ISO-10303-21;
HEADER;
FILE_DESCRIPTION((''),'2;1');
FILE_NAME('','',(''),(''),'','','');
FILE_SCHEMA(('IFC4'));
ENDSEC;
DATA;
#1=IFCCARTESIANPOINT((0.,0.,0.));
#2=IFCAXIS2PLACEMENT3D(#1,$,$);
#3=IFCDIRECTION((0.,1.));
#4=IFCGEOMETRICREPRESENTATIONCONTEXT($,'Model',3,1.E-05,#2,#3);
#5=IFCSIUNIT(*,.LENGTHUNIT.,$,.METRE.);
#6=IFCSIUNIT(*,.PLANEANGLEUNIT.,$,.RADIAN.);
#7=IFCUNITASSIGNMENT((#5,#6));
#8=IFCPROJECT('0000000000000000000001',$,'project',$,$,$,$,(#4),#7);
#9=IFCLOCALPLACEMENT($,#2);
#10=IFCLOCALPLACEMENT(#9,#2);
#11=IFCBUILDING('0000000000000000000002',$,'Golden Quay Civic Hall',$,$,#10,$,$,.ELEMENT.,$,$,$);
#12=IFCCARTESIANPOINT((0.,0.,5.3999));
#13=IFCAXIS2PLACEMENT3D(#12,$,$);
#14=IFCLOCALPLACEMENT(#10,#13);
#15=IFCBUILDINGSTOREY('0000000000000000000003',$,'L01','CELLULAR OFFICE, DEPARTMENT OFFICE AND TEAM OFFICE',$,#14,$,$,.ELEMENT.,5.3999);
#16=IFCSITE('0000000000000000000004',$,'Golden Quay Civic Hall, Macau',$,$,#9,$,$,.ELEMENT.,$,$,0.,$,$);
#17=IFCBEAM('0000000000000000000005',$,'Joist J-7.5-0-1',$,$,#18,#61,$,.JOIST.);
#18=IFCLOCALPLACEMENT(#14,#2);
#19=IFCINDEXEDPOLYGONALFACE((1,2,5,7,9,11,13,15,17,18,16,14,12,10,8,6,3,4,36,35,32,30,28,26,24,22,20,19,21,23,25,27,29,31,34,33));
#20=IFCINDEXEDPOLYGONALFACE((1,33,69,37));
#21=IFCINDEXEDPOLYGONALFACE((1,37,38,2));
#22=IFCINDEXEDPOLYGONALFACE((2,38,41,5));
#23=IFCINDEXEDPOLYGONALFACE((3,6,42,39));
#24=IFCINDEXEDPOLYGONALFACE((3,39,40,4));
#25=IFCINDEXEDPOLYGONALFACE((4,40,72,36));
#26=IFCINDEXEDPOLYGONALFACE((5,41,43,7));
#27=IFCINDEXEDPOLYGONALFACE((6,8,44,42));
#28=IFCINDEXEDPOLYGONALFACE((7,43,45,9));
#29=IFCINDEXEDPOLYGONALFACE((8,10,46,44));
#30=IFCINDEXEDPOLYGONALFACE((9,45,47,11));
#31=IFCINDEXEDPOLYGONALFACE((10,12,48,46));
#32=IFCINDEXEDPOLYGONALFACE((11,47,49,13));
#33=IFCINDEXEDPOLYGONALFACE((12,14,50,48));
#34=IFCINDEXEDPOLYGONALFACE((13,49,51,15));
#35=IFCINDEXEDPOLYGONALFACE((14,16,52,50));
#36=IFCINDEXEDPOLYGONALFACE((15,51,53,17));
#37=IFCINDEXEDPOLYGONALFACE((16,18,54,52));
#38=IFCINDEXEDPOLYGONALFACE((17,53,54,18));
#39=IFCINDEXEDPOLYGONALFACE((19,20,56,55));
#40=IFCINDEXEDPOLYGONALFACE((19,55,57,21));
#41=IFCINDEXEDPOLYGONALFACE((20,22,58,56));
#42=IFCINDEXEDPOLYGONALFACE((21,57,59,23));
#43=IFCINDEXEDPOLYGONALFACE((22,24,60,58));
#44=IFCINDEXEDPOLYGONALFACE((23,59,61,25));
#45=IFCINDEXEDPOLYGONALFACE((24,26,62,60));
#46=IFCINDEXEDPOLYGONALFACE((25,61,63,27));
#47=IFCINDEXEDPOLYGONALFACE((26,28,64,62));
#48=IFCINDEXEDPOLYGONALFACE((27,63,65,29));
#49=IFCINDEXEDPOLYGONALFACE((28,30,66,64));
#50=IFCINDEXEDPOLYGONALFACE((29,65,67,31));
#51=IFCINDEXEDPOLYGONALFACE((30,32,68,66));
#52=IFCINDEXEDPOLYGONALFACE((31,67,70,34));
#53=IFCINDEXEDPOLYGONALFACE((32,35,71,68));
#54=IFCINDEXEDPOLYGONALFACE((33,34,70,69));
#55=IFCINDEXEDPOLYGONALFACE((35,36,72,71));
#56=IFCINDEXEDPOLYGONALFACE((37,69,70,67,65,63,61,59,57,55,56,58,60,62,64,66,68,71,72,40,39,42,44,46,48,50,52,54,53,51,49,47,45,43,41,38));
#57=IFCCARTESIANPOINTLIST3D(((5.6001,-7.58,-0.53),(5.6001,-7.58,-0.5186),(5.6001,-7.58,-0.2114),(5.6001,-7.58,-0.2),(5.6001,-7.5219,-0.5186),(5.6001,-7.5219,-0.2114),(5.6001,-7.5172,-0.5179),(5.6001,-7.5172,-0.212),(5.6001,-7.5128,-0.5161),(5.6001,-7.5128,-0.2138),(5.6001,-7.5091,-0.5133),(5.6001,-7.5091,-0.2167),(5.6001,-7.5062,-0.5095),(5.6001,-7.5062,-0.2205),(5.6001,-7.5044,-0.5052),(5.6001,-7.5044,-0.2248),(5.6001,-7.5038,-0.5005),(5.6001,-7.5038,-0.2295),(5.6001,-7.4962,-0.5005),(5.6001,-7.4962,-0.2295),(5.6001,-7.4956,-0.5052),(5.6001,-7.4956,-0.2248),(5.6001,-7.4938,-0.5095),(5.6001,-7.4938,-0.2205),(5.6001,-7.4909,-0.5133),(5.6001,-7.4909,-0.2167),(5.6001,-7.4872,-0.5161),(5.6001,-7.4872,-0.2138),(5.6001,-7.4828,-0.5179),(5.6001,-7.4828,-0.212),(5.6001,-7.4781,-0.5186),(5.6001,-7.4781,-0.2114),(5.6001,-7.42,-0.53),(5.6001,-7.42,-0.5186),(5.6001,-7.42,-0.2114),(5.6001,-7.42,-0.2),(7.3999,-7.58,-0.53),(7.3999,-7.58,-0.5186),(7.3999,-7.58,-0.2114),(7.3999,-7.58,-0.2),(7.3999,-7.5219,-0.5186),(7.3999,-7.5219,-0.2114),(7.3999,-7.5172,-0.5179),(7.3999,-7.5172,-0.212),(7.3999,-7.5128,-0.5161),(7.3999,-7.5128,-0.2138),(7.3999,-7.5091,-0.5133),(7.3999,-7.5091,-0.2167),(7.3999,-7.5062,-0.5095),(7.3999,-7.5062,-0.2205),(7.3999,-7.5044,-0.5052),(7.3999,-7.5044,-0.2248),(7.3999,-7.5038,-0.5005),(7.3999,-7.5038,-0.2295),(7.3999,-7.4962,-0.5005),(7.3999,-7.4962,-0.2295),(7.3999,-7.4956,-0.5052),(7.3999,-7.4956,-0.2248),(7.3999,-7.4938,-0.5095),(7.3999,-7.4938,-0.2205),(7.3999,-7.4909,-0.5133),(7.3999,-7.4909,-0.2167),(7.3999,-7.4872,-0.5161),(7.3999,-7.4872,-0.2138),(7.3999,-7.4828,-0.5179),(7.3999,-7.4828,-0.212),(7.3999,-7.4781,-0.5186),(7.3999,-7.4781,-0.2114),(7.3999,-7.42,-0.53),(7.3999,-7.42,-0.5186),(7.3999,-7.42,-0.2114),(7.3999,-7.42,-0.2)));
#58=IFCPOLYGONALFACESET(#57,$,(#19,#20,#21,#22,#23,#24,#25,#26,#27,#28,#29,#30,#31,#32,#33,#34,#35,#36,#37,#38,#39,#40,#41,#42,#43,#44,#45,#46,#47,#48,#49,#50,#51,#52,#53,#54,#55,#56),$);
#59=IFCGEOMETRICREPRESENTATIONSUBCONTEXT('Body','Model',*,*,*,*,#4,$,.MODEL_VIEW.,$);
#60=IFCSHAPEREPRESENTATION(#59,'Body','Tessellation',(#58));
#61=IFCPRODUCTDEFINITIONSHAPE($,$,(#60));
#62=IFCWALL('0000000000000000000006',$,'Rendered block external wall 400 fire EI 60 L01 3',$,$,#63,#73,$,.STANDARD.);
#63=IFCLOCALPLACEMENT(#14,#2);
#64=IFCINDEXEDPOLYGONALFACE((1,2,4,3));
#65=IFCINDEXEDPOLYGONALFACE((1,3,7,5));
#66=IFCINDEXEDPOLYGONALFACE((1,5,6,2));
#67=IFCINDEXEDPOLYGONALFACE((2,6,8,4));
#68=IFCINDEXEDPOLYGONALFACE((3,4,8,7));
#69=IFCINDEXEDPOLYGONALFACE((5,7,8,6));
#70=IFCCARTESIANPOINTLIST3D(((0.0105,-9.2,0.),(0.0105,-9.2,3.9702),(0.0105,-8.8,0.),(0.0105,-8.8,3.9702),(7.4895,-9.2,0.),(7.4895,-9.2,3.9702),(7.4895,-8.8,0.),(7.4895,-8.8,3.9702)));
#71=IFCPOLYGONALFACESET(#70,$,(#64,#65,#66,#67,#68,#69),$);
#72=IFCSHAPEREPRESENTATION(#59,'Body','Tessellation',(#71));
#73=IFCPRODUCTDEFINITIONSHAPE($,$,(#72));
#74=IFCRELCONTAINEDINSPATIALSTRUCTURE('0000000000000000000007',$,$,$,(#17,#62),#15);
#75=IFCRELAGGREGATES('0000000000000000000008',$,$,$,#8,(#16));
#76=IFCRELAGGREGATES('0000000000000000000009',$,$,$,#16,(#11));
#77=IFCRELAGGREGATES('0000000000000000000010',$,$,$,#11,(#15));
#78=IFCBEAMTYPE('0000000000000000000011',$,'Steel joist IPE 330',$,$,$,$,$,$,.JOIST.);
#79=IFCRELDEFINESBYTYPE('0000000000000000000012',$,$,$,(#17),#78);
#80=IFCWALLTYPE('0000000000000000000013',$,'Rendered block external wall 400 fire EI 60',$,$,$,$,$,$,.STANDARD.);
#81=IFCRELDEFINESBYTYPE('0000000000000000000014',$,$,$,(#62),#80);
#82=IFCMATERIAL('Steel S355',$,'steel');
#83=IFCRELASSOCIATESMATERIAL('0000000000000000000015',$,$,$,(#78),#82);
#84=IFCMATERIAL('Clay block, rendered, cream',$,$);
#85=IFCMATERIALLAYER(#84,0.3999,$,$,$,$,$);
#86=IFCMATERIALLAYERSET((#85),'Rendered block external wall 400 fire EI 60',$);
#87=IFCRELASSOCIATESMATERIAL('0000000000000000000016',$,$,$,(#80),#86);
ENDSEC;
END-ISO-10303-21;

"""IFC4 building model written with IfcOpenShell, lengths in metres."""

from ifc_helpers import new_model, si_unit, direction, frame, frame_2d, origin, origin_2d, place, context, subcontext, project, spatial, rectangle, i_section, extrude, material, layer, layer_set, material_profile, profile_set, type_object, element, save


model = new_model("IFC4")

# Units and contexts
model_context = context("Model", 3, precision=1e-05, world=origin(), true_north=direction((0.0, 1.0)))
body_context = subcontext(model_context, "Body", "Model", "MODEL_VIEW")
ifc_project = project(units=[si_unit("LENGTHUNIT", "METRE"), si_unit("PLANEANGLEUNIT", "RADIAN")], contexts=[model_context])

# Site, building, storey
site_placement = place(None, origin())
site = spatial("IfcSite", under=ifc_project, at=site_placement, Name="Golden Quay Civic Hall, Macau", CompositionType="ELEMENT", RefElevation=0.0)
building_placement = place(site_placement, origin())
building = spatial("IfcBuilding", under=site, at=building_placement, Name="Golden Quay Civic Hall", CompositionType="ELEMENT")
storey_placement = place(building_placement, frame((0.0, 0.0, 5.3999)))
storey = spatial("IfcBuildingStorey", under=building, at=storey_placement, Name="L01", Description="CELLULAR OFFICE, DEPARTMENT OFFICE AND TEAM OFFICE", CompositionType="ELEMENT", Elevation=5.3999)

# Beam
ifc_material_1 = material(Name="Steel S355", Category="steel")
ifc_material_profile_1 = material_profile(ifc_material_1, i_section(OverallWidth=0.1599, OverallDepth=0.3301, WebThickness=0.0076, FlangeThickness=0.0115, FilletRadius=0.0181, at=origin_2d()), Name="IPE 330")
ifc_profile_set_1 = profile_set([ifc_material_profile_1], Name="Steel S355")
beam_type_1 = type_object("IfcBeamType", Name="Steel joist IPE 330", PredefinedType="JOIST", material=ifc_profile_set_1)
beam_1_placement = place(storey_placement, frame((5.6001, -7.5, -0.365), z_axis=(1.0, 0.0, 0.0), x_axis=(0.0, 1.0, 0.0)))
element("IfcBeam", 1, at=beam_1_placement, inside=storey, type_object=beam_type_1, Name="Joist J-7.5-0-1", PredefinedType="JOIST", context=body_context, shape_type="SweptSolid", body=[
    extrude(i_section(OverallWidth=0.1599, OverallDepth=0.3301, WebThickness=0.0076, FlangeThickness=0.0115, FilletRadius=0.0181, at=origin_2d()), origin(), (0.0, 0.0, 1.0), 1.7998),
])

# Wall
ifc_material_2 = material(Name="Clay block, rendered, cream")
ifc_layer_1 = layer(ifc_material_2, 0.3999)
ifc_layer_set_1 = layer_set([ifc_layer_1], Name="Rendered block external wall 400 fire EI 60")
wall_type_1 = type_object("IfcWallType", Name="Rendered block external wall 400 fire EI 60", PredefinedType="STANDARD", material=ifc_layer_set_1)
wall_1_placement = place(storey_placement, frame((7.4895, -9.0, 0.0), z_axis=(0.0, 0.0, 1.0), x_axis=(-1.0, 0.0, 0.0)))
element("IfcWall", 2, at=wall_1_placement, inside=storey, type_object=wall_type_1, Name="Rendered block external wall 400 fire EI 60 L01 3", PredefinedType="STANDARD", context=body_context, shape_type="SweptSolid", body=[
    extrude(rectangle(XDim=7.479, YDim=0.3999, at=frame_2d((3.7395, 0.0))), origin(), (0.0, 0.0, 1.0), 3.9702),
])

save(model, "model.ifc")
